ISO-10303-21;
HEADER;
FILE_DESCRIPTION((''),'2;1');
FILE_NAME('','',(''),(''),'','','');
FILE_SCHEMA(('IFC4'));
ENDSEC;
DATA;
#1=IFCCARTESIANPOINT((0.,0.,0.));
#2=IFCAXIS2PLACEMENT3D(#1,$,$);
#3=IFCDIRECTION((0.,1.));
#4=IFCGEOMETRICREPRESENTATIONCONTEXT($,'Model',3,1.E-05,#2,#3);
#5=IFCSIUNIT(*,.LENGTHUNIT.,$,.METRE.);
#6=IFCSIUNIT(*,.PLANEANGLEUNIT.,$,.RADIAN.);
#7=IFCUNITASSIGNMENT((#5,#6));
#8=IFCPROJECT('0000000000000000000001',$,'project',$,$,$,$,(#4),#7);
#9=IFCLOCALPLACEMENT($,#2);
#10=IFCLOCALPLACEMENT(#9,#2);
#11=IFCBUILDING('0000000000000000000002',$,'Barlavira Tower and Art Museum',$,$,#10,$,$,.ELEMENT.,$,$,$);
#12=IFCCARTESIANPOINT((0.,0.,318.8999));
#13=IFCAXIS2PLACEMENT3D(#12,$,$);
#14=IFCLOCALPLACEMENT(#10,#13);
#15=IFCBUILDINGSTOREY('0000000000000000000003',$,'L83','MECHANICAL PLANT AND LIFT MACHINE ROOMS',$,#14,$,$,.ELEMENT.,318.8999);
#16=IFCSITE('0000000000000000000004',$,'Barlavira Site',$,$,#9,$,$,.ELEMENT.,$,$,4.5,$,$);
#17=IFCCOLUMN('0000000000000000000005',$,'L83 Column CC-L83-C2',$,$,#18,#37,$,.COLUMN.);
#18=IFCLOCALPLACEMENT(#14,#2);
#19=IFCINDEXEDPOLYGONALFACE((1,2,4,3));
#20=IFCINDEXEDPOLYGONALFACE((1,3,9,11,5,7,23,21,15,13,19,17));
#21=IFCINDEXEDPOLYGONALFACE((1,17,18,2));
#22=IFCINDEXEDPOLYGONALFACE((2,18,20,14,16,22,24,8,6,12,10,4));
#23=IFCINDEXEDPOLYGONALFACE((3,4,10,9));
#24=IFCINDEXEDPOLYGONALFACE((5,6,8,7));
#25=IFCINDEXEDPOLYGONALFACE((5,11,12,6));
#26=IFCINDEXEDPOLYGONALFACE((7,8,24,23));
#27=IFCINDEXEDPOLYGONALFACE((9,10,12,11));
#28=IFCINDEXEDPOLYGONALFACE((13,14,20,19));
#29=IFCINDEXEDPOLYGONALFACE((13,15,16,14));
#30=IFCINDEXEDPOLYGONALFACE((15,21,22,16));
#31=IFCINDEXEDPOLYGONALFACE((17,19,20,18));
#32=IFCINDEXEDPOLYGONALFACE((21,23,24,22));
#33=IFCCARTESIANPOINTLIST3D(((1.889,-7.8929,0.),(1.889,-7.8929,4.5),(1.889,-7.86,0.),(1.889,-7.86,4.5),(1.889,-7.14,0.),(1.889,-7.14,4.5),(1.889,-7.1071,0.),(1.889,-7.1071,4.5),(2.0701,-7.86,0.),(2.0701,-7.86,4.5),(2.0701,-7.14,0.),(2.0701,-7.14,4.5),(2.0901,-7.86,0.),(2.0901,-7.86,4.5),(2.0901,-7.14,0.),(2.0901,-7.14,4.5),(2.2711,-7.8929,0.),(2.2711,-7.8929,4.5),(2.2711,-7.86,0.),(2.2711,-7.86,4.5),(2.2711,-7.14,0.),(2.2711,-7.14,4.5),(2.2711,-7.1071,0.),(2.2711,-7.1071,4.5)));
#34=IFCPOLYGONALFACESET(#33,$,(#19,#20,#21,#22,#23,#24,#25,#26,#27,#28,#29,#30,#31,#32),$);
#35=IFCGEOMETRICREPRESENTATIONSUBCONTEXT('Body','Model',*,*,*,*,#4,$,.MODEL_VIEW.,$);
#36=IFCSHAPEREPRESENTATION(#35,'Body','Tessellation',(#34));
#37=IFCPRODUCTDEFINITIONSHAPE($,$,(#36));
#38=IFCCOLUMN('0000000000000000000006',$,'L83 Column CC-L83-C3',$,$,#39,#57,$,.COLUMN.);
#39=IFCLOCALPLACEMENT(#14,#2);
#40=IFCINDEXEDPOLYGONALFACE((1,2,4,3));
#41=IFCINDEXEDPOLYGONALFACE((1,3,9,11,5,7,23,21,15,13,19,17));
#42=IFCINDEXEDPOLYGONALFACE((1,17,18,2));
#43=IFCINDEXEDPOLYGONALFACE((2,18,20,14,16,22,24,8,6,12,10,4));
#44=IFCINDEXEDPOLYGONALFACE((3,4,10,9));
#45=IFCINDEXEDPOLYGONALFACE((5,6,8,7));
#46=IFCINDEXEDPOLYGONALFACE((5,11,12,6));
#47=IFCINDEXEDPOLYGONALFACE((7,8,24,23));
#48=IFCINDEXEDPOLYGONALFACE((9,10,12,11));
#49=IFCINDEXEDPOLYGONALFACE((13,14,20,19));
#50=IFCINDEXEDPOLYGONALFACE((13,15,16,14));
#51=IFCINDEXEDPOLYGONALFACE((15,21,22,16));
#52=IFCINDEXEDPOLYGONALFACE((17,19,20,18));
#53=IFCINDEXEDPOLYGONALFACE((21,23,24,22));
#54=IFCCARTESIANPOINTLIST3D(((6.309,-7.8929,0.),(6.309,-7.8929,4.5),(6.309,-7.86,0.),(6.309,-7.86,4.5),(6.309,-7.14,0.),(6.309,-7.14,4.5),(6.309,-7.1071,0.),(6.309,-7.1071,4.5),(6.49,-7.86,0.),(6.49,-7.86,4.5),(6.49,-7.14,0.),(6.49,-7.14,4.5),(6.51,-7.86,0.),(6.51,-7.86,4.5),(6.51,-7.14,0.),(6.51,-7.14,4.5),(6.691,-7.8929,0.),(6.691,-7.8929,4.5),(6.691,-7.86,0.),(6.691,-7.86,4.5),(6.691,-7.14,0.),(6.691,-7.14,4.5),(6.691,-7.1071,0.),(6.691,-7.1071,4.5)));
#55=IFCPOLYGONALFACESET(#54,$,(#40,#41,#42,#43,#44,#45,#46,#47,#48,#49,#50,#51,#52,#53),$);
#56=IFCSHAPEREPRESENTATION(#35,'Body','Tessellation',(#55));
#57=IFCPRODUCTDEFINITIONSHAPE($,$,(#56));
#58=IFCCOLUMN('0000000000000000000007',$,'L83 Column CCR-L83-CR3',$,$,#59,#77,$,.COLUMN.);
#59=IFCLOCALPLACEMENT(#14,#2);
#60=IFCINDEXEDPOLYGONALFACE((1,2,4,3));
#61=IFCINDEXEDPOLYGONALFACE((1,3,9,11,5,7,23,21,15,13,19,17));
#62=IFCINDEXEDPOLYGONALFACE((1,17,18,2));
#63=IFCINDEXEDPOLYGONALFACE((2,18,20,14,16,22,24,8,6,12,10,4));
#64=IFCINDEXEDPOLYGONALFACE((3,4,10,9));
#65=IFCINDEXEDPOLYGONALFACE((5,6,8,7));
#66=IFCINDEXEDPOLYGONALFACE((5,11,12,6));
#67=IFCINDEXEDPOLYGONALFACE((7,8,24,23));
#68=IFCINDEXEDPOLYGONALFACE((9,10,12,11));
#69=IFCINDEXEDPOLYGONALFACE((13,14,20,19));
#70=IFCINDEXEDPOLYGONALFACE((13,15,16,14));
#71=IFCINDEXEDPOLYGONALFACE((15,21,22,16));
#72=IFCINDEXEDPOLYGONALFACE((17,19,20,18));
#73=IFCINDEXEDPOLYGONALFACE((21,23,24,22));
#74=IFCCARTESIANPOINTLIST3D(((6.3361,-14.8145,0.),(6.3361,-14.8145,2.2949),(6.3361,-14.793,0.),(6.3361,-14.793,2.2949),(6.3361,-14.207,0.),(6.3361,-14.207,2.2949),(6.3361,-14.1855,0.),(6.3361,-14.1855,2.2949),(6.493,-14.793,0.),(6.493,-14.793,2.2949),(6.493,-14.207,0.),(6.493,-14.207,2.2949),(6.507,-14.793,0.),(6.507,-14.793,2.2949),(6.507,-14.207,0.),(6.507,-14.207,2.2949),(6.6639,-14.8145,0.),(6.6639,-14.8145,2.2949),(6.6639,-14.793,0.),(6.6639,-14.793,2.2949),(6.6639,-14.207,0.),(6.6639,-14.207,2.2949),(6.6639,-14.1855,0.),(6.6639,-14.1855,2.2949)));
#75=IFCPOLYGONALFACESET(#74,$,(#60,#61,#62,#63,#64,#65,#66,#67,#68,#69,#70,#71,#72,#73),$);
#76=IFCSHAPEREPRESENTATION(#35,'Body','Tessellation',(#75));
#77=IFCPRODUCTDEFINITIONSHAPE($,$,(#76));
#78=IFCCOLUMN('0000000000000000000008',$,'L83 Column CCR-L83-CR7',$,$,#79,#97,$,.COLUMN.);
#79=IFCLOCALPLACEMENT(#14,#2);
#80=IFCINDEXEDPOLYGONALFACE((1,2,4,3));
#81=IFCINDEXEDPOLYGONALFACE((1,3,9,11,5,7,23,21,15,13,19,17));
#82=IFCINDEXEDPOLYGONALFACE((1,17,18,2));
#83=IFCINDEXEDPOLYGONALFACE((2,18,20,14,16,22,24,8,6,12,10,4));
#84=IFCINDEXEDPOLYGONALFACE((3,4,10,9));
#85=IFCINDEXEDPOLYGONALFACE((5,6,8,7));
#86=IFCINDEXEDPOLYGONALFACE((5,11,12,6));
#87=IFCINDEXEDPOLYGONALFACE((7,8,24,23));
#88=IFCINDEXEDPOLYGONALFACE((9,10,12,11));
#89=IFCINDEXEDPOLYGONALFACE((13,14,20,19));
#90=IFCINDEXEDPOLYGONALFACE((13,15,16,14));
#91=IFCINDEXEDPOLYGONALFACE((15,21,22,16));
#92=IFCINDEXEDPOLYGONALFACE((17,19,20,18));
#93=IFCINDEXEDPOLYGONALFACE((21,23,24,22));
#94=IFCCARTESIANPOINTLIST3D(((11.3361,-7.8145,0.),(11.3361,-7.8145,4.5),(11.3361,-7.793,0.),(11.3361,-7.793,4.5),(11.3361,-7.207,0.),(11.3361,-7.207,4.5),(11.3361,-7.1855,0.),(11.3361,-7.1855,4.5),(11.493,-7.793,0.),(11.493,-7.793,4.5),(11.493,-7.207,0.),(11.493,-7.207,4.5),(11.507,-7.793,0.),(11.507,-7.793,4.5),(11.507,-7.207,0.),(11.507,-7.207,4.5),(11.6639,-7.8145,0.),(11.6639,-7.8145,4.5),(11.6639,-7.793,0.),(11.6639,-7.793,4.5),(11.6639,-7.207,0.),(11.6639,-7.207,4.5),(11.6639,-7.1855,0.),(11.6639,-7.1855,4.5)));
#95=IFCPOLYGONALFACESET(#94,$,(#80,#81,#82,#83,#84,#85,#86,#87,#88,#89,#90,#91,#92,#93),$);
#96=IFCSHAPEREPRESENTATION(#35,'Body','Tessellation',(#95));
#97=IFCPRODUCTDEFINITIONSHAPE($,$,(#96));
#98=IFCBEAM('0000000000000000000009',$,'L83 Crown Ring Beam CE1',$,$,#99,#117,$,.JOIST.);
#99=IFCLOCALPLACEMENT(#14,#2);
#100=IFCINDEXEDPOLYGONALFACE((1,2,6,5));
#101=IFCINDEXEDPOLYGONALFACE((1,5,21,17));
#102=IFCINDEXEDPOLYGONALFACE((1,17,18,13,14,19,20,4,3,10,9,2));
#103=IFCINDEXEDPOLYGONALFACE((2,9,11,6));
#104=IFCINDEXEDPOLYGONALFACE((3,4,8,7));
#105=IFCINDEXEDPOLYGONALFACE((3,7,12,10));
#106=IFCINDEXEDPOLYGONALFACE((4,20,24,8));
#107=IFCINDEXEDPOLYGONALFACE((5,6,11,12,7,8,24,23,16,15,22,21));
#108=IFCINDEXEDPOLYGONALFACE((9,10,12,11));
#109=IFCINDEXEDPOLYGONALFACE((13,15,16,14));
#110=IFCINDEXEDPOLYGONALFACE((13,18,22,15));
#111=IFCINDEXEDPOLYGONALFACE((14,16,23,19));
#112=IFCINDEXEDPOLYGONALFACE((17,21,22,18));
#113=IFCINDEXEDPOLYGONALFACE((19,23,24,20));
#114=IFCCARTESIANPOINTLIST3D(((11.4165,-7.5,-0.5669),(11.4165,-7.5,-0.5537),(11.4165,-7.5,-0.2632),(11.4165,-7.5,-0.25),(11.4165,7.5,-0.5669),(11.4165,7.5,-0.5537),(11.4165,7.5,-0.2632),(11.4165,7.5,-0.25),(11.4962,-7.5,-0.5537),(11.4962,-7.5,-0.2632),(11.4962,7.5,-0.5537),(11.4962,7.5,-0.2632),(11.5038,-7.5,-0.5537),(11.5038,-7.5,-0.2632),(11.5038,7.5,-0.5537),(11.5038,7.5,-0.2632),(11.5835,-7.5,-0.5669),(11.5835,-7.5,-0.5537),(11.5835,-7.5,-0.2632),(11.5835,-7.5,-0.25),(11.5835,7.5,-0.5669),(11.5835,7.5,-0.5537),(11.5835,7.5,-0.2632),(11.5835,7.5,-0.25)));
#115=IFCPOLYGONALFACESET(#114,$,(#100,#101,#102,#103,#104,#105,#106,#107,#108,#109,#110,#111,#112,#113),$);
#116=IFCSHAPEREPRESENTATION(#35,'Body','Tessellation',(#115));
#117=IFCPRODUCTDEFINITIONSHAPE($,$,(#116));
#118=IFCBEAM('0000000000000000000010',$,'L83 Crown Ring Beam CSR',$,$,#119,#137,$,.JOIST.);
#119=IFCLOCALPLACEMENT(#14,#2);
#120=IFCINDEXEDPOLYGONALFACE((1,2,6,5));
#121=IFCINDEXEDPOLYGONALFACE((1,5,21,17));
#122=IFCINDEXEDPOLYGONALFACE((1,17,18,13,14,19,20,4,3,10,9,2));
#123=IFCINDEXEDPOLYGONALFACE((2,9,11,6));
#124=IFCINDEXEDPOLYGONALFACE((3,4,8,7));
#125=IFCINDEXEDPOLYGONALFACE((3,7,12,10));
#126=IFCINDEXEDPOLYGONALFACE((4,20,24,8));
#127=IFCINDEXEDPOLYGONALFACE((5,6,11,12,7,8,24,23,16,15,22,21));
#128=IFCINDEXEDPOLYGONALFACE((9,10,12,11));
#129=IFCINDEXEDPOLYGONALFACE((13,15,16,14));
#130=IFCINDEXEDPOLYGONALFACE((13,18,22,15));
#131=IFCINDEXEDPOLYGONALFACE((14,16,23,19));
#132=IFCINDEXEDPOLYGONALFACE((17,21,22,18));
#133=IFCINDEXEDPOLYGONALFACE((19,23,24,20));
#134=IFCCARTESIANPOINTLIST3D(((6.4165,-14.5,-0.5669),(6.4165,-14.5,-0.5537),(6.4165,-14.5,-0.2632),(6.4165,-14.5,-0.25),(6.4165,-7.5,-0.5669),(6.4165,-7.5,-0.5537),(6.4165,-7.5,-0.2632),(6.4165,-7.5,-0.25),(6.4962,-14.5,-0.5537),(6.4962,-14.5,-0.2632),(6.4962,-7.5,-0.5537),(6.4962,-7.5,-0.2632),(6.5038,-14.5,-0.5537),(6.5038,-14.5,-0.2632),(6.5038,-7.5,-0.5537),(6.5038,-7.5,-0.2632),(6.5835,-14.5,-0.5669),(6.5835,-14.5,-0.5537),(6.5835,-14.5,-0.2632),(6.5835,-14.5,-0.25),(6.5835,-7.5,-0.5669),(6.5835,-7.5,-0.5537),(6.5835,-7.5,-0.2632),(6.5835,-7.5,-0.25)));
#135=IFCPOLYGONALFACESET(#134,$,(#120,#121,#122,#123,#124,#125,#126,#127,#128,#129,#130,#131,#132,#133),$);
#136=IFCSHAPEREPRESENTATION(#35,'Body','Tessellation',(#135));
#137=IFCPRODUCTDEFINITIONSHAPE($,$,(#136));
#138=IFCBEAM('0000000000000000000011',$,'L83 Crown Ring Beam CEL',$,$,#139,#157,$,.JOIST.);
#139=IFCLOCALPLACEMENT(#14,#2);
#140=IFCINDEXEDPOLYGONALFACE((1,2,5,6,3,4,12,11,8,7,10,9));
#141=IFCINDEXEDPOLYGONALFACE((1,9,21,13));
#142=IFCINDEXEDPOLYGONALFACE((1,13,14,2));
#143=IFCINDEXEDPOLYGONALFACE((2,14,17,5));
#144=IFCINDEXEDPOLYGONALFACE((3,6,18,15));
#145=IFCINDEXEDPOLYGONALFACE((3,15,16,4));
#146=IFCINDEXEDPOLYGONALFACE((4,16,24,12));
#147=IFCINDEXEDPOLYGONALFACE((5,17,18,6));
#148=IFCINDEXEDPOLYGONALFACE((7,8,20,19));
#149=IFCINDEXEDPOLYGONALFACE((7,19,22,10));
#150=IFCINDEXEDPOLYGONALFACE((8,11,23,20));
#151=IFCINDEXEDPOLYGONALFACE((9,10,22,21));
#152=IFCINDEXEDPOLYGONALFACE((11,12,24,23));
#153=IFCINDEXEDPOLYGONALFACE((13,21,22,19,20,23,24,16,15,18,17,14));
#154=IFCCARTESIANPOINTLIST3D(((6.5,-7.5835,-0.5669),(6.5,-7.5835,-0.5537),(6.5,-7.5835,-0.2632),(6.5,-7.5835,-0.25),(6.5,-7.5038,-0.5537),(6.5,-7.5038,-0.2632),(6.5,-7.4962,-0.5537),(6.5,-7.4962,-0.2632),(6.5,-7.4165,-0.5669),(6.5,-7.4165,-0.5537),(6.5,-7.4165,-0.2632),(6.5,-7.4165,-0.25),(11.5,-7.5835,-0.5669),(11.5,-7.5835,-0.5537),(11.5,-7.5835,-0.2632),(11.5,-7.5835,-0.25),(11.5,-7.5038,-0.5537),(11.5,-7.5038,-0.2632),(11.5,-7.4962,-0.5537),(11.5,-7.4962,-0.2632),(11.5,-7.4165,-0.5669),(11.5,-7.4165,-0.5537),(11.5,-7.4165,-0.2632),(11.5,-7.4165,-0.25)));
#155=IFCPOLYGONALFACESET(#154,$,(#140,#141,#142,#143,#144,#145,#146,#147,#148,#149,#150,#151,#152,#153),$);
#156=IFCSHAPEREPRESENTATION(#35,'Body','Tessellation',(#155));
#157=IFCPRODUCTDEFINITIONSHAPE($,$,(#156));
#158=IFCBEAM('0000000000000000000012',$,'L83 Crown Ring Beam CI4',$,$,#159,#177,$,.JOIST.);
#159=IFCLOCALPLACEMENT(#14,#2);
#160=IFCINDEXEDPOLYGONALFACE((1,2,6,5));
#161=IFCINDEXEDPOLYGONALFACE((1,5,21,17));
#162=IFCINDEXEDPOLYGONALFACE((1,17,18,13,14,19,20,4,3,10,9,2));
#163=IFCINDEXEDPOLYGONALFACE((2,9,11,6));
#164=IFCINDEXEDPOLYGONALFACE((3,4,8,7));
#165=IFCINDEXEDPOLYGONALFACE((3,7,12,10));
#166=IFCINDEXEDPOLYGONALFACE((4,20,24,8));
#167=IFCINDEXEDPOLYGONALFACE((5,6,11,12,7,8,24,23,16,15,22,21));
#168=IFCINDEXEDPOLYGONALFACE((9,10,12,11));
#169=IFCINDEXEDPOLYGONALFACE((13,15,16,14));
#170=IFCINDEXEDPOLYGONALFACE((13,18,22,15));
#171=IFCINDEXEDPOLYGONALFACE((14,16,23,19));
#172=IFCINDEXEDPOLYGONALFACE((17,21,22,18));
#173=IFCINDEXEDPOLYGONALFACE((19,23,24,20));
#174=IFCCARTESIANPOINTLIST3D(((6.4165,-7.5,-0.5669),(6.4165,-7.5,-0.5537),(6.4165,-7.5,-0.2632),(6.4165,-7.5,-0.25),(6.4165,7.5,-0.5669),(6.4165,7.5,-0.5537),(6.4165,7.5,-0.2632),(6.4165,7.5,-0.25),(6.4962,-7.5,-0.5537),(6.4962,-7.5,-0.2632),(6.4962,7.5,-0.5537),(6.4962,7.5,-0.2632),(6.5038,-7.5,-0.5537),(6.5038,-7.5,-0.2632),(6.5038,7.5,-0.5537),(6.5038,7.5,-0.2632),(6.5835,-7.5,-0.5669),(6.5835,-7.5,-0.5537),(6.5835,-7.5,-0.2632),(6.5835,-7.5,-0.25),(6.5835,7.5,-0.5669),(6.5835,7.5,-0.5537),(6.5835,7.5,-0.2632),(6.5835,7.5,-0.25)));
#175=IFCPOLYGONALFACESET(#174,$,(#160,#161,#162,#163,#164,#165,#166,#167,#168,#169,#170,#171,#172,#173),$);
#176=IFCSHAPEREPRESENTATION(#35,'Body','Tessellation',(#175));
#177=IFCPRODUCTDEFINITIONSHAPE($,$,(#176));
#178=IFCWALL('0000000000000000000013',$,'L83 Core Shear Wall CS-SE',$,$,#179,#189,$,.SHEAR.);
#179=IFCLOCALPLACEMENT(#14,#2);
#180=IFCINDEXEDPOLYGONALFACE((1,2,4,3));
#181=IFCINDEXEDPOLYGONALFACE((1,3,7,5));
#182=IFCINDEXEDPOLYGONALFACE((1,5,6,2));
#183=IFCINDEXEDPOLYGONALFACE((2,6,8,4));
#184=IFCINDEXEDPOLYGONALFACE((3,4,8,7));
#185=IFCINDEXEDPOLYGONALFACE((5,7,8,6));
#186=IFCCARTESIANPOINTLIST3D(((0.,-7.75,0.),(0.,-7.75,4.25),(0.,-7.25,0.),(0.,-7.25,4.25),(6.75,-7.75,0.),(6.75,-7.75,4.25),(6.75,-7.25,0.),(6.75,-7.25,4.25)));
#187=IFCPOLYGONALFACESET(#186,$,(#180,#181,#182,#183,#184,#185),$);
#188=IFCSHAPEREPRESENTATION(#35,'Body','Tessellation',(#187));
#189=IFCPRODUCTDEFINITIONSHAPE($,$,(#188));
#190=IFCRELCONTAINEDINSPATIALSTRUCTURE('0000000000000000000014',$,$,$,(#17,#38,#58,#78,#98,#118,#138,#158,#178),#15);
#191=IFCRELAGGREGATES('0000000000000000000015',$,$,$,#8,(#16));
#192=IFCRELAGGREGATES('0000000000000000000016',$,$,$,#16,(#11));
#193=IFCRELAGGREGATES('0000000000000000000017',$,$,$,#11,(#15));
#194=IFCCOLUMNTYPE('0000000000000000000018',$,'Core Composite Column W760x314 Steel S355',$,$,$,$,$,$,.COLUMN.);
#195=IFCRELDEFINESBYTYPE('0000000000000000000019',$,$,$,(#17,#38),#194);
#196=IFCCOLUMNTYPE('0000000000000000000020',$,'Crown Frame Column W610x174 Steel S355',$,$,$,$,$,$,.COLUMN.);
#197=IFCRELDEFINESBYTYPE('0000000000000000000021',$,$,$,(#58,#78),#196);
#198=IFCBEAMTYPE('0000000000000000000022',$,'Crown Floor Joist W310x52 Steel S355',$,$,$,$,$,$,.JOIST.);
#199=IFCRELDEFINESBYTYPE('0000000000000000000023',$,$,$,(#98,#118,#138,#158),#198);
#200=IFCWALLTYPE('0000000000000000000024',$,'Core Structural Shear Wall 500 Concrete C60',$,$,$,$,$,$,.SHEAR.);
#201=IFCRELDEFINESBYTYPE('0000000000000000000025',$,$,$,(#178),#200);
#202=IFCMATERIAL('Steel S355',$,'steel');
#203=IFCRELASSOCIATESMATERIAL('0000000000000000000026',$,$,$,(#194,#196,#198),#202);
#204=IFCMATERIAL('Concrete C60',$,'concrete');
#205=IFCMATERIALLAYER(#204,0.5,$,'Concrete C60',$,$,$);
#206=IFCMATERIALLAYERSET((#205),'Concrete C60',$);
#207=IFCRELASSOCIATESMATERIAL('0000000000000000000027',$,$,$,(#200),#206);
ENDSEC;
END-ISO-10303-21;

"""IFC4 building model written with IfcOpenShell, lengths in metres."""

from ifc_helpers import new_model, si_unit, direction, frame, frame_2d, origin, origin_2d, place, context, subcontext, project, spatial, rectangle, i_section, extrude, material, layer, layer_set, material_profile, profile_set, type_object, element, save


model = new_model("IFC4")

# Units and contexts
model_context = context("Model", 3, precision=1e-05, world=origin(), true_north=direction((0.0, 1.0)))
body_context = subcontext(model_context, "Body", "Model", "MODEL_VIEW")
ifc_project = project(units=[si_unit("LENGTHUNIT", "METRE"), si_unit("PLANEANGLEUNIT", "RADIAN")], contexts=[model_context])

# Site, building, storey
site_placement = place(None, origin())
site = spatial("IfcSite", under=ifc_project, at=site_placement, Name="Barlavira Site", CompositionType="ELEMENT", RefElevation=4.5)
building_placement = place(site_placement, origin())
building = spatial("IfcBuilding", under=site, at=building_placement, Name="Barlavira Tower and Art Museum", CompositionType="ELEMENT")
storey_placement = place(building_placement, frame((0.0, 0.0, 318.8999)))
storey = spatial("IfcBuildingStorey", under=building, at=storey_placement, Name="L83", Description="MECHANICAL PLANT AND LIFT MACHINE ROOMS", CompositionType="ELEMENT", Elevation=318.8999)

# Columns
ifc_material_1 = material(Name="Steel S355", Category="steel")
ifc_material_profile_1 = material_profile(ifc_material_1, i_section(OverallWidth=0.3821, OverallDepth=0.7859, WebThickness=0.02, FlangeThickness=0.033, at=origin_2d()), Name="W760x314.0")
ifc_profile_set_1 = profile_set([ifc_material_profile_1], Name="Steel S355")
column_type_1 = type_object("IfcColumnType", Name="Core Composite Column W760x314 Steel S355", PredefinedType="COLUMN", material=ifc_profile_set_1)
for number, where, z_axis, x_axis, name in (
    (1, (2.0801, -7.5, 0.0), (0.0, 0.0, 1.0), (1.0, 0.0, 0.0), "L83 Column CC-L83-C2"),
    (2, (6.5, -7.5, 0.0), (0.0, 0.0, 1.0), (1.0, 0.0, 0.0), "L83 Column CC-L83-C3"),
):
    element("IfcColumn", number, at=place(storey_placement, frame(where, z_axis=z_axis, x_axis=x_axis)), inside=storey, type_object=column_type_1, Name=name, PredefinedType="COLUMN", context=body_context, shape_type="SweptSolid", body=[
        extrude(i_section(OverallWidth=0.3821, OverallDepth=0.7859, WebThickness=0.02, FlangeThickness=0.033, at=origin_2d()), origin(), (0.0, 0.0, 1.0), 4.5),
    ])
ifc_material_profile_2 = material_profile(ifc_material_1, i_section(OverallWidth=0.3279, OverallDepth=0.6289, WebThickness=0.0139, FlangeThickness=0.0215, at=origin_2d()), Name="W610x174.0")
ifc_profile_set_2 = profile_set([ifc_material_profile_2], Name="Steel S355")
column_type_2 = type_object("IfcColumnType", Name="Crown Frame Column W610x174 Steel S355", PredefinedType="COLUMN", material=ifc_profile_set_2)
column_1_placement = place(storey_placement, frame((6.5, -14.5, 0.0), z_axis=(0.0, 0.0, 1.0), x_axis=(1.0, 0.0, 0.0)))
element("IfcColumn", 3, at=column_1_placement, inside=storey, type_object=column_type_2, Name="L83 Column CCR-L83-CR3", PredefinedType="COLUMN", context=body_context, shape_type="SweptSolid", body=[
    extrude(i_section(OverallWidth=0.3279, OverallDepth=0.6289, WebThickness=0.0139, FlangeThickness=0.0215, at=origin_2d()), origin(), (0.0, 0.0, 1.0), 2.2949),
])
column_2_placement = place(storey_placement, frame((11.5, -7.5, 0.0), z_axis=(0.0, 0.0, 1.0), x_axis=(1.0, 0.0, 0.0)))
element("IfcColumn", 4, at=column_2_placement, inside=storey, type_object=column_type_2, Name="L83 Column CCR-L83-CR7", PredefinedType="COLUMN", context=body_context, shape_type="SweptSolid", body=[
    extrude(i_section(OverallWidth=0.3279, OverallDepth=0.6289, WebThickness=0.0139, FlangeThickness=0.0215, at=origin_2d()), origin(), (0.0, 0.0, 1.0), 4.5),
])

# Beams
ifc_material_profile_3 = material_profile(ifc_material_1, i_section(OverallWidth=0.167, OverallDepth=0.3169, WebThickness=0.0076, FlangeThickness=0.0132, at=origin_2d()), Name="W310x52.0")
ifc_profile_set_3 = profile_set([ifc_material_profile_3], Name="Steel S355")
beam_type = type_object("IfcBeamType", Name="Crown Floor Joist W310x52 Steel S355", PredefinedType="JOIST", material=ifc_profile_set_3)
beam_1_placement = place(storey_placement, frame((11.5, -7.5, -0.4084), z_axis=(0.0, 1.0, 0.0), x_axis=(-1.0, 0.0, 0.0)))
element("IfcBeam", 5, at=beam_1_placement, inside=storey, type_object=beam_type, Name="L83 Crown Ring Beam CE1", PredefinedType="JOIST", context=body_context, shape_type="SweptSolid", body=[
    extrude(i_section(OverallWidth=0.167, OverallDepth=0.3169, WebThickness=0.0076, FlangeThickness=0.0132, at=origin_2d()), origin(), (0.0, 0.0, 1.0), 15.0),
])
beam_2_placement = place(storey_placement, frame((6.5, -14.5, -0.4084), z_axis=(0.0, 1.0, 0.0), x_axis=(-1.0, 0.0, 0.0)))
element("IfcBeam", 6, at=beam_2_placement, inside=storey, type_object=beam_type, Name="L83 Crown Ring Beam CSR", PredefinedType="JOIST", context=body_context, shape_type="SweptSolid", body=[
    extrude(i_section(OverallWidth=0.167, OverallDepth=0.3169, WebThickness=0.0076, FlangeThickness=0.0132, at=origin_2d()), origin(), (0.0, 0.0, 1.0), 7.0),
])
beam_3_placement = place(storey_placement, frame((6.5, -7.5, -0.4084), z_axis=(1.0, 0.0, 0.0), x_axis=(0.0, 1.0, 0.0)))
element("IfcBeam", 7, at=beam_3_placement, inside=storey, type_object=beam_type, Name="L83 Crown Ring Beam CEL", PredefinedType="JOIST", context=body_context, shape_type="SweptSolid", body=[
    extrude(i_section(OverallWidth=0.167, OverallDepth=0.3169, WebThickness=0.0076, FlangeThickness=0.0132, at=origin_2d()), origin(), (0.0, 0.0, 1.0), 5.0),
])
beam_4_placement = place(storey_placement, frame((6.5, -7.5, -0.4084), z_axis=(0.0, 1.0, 0.0), x_axis=(-1.0, 0.0, 0.0)))
element("IfcBeam", 8, at=beam_4_placement, inside=storey, type_object=beam_type, Name="L83 Crown Ring Beam CI4", PredefinedType="JOIST", context=body_context, shape_type="SweptSolid", body=[
    extrude(i_section(OverallWidth=0.167, OverallDepth=0.3169, WebThickness=0.0076, FlangeThickness=0.0132, at=origin_2d()), origin(), (0.0, 0.0, 1.0), 15.0),
])

# Wall
ifc_material_2 = material(Name="Concrete C60", Category="concrete")
ifc_layer_1 = layer(ifc_material_2, 0.5, Name="Concrete C60")
ifc_layer_set_1 = layer_set([ifc_layer_1], Name="Concrete C60")
wall_type_1 = type_object("IfcWallType", Name="Core Structural Shear Wall 500 Concrete C60", PredefinedType="SHEAR", material=ifc_layer_set_1)
wall_1_placement = place(storey_placement, frame((0.0, -7.5, 0.0), z_axis=(0.0, 0.0, 1.0), x_axis=(1.0, 0.0, 0.0)))
element("IfcWall", 9, at=wall_1_placement, inside=storey, type_object=wall_type_1, Name="L83 Core Shear Wall CS-SE", PredefinedType="SHEAR", context=body_context, shape_type="SweptSolid", body=[
    extrude(rectangle(XDim=6.75, YDim=0.5, at=frame_2d((3.375, 0.0))), origin(), (0.0, 0.0, 1.0), 4.25),
])

save(model, "model.ifc")
